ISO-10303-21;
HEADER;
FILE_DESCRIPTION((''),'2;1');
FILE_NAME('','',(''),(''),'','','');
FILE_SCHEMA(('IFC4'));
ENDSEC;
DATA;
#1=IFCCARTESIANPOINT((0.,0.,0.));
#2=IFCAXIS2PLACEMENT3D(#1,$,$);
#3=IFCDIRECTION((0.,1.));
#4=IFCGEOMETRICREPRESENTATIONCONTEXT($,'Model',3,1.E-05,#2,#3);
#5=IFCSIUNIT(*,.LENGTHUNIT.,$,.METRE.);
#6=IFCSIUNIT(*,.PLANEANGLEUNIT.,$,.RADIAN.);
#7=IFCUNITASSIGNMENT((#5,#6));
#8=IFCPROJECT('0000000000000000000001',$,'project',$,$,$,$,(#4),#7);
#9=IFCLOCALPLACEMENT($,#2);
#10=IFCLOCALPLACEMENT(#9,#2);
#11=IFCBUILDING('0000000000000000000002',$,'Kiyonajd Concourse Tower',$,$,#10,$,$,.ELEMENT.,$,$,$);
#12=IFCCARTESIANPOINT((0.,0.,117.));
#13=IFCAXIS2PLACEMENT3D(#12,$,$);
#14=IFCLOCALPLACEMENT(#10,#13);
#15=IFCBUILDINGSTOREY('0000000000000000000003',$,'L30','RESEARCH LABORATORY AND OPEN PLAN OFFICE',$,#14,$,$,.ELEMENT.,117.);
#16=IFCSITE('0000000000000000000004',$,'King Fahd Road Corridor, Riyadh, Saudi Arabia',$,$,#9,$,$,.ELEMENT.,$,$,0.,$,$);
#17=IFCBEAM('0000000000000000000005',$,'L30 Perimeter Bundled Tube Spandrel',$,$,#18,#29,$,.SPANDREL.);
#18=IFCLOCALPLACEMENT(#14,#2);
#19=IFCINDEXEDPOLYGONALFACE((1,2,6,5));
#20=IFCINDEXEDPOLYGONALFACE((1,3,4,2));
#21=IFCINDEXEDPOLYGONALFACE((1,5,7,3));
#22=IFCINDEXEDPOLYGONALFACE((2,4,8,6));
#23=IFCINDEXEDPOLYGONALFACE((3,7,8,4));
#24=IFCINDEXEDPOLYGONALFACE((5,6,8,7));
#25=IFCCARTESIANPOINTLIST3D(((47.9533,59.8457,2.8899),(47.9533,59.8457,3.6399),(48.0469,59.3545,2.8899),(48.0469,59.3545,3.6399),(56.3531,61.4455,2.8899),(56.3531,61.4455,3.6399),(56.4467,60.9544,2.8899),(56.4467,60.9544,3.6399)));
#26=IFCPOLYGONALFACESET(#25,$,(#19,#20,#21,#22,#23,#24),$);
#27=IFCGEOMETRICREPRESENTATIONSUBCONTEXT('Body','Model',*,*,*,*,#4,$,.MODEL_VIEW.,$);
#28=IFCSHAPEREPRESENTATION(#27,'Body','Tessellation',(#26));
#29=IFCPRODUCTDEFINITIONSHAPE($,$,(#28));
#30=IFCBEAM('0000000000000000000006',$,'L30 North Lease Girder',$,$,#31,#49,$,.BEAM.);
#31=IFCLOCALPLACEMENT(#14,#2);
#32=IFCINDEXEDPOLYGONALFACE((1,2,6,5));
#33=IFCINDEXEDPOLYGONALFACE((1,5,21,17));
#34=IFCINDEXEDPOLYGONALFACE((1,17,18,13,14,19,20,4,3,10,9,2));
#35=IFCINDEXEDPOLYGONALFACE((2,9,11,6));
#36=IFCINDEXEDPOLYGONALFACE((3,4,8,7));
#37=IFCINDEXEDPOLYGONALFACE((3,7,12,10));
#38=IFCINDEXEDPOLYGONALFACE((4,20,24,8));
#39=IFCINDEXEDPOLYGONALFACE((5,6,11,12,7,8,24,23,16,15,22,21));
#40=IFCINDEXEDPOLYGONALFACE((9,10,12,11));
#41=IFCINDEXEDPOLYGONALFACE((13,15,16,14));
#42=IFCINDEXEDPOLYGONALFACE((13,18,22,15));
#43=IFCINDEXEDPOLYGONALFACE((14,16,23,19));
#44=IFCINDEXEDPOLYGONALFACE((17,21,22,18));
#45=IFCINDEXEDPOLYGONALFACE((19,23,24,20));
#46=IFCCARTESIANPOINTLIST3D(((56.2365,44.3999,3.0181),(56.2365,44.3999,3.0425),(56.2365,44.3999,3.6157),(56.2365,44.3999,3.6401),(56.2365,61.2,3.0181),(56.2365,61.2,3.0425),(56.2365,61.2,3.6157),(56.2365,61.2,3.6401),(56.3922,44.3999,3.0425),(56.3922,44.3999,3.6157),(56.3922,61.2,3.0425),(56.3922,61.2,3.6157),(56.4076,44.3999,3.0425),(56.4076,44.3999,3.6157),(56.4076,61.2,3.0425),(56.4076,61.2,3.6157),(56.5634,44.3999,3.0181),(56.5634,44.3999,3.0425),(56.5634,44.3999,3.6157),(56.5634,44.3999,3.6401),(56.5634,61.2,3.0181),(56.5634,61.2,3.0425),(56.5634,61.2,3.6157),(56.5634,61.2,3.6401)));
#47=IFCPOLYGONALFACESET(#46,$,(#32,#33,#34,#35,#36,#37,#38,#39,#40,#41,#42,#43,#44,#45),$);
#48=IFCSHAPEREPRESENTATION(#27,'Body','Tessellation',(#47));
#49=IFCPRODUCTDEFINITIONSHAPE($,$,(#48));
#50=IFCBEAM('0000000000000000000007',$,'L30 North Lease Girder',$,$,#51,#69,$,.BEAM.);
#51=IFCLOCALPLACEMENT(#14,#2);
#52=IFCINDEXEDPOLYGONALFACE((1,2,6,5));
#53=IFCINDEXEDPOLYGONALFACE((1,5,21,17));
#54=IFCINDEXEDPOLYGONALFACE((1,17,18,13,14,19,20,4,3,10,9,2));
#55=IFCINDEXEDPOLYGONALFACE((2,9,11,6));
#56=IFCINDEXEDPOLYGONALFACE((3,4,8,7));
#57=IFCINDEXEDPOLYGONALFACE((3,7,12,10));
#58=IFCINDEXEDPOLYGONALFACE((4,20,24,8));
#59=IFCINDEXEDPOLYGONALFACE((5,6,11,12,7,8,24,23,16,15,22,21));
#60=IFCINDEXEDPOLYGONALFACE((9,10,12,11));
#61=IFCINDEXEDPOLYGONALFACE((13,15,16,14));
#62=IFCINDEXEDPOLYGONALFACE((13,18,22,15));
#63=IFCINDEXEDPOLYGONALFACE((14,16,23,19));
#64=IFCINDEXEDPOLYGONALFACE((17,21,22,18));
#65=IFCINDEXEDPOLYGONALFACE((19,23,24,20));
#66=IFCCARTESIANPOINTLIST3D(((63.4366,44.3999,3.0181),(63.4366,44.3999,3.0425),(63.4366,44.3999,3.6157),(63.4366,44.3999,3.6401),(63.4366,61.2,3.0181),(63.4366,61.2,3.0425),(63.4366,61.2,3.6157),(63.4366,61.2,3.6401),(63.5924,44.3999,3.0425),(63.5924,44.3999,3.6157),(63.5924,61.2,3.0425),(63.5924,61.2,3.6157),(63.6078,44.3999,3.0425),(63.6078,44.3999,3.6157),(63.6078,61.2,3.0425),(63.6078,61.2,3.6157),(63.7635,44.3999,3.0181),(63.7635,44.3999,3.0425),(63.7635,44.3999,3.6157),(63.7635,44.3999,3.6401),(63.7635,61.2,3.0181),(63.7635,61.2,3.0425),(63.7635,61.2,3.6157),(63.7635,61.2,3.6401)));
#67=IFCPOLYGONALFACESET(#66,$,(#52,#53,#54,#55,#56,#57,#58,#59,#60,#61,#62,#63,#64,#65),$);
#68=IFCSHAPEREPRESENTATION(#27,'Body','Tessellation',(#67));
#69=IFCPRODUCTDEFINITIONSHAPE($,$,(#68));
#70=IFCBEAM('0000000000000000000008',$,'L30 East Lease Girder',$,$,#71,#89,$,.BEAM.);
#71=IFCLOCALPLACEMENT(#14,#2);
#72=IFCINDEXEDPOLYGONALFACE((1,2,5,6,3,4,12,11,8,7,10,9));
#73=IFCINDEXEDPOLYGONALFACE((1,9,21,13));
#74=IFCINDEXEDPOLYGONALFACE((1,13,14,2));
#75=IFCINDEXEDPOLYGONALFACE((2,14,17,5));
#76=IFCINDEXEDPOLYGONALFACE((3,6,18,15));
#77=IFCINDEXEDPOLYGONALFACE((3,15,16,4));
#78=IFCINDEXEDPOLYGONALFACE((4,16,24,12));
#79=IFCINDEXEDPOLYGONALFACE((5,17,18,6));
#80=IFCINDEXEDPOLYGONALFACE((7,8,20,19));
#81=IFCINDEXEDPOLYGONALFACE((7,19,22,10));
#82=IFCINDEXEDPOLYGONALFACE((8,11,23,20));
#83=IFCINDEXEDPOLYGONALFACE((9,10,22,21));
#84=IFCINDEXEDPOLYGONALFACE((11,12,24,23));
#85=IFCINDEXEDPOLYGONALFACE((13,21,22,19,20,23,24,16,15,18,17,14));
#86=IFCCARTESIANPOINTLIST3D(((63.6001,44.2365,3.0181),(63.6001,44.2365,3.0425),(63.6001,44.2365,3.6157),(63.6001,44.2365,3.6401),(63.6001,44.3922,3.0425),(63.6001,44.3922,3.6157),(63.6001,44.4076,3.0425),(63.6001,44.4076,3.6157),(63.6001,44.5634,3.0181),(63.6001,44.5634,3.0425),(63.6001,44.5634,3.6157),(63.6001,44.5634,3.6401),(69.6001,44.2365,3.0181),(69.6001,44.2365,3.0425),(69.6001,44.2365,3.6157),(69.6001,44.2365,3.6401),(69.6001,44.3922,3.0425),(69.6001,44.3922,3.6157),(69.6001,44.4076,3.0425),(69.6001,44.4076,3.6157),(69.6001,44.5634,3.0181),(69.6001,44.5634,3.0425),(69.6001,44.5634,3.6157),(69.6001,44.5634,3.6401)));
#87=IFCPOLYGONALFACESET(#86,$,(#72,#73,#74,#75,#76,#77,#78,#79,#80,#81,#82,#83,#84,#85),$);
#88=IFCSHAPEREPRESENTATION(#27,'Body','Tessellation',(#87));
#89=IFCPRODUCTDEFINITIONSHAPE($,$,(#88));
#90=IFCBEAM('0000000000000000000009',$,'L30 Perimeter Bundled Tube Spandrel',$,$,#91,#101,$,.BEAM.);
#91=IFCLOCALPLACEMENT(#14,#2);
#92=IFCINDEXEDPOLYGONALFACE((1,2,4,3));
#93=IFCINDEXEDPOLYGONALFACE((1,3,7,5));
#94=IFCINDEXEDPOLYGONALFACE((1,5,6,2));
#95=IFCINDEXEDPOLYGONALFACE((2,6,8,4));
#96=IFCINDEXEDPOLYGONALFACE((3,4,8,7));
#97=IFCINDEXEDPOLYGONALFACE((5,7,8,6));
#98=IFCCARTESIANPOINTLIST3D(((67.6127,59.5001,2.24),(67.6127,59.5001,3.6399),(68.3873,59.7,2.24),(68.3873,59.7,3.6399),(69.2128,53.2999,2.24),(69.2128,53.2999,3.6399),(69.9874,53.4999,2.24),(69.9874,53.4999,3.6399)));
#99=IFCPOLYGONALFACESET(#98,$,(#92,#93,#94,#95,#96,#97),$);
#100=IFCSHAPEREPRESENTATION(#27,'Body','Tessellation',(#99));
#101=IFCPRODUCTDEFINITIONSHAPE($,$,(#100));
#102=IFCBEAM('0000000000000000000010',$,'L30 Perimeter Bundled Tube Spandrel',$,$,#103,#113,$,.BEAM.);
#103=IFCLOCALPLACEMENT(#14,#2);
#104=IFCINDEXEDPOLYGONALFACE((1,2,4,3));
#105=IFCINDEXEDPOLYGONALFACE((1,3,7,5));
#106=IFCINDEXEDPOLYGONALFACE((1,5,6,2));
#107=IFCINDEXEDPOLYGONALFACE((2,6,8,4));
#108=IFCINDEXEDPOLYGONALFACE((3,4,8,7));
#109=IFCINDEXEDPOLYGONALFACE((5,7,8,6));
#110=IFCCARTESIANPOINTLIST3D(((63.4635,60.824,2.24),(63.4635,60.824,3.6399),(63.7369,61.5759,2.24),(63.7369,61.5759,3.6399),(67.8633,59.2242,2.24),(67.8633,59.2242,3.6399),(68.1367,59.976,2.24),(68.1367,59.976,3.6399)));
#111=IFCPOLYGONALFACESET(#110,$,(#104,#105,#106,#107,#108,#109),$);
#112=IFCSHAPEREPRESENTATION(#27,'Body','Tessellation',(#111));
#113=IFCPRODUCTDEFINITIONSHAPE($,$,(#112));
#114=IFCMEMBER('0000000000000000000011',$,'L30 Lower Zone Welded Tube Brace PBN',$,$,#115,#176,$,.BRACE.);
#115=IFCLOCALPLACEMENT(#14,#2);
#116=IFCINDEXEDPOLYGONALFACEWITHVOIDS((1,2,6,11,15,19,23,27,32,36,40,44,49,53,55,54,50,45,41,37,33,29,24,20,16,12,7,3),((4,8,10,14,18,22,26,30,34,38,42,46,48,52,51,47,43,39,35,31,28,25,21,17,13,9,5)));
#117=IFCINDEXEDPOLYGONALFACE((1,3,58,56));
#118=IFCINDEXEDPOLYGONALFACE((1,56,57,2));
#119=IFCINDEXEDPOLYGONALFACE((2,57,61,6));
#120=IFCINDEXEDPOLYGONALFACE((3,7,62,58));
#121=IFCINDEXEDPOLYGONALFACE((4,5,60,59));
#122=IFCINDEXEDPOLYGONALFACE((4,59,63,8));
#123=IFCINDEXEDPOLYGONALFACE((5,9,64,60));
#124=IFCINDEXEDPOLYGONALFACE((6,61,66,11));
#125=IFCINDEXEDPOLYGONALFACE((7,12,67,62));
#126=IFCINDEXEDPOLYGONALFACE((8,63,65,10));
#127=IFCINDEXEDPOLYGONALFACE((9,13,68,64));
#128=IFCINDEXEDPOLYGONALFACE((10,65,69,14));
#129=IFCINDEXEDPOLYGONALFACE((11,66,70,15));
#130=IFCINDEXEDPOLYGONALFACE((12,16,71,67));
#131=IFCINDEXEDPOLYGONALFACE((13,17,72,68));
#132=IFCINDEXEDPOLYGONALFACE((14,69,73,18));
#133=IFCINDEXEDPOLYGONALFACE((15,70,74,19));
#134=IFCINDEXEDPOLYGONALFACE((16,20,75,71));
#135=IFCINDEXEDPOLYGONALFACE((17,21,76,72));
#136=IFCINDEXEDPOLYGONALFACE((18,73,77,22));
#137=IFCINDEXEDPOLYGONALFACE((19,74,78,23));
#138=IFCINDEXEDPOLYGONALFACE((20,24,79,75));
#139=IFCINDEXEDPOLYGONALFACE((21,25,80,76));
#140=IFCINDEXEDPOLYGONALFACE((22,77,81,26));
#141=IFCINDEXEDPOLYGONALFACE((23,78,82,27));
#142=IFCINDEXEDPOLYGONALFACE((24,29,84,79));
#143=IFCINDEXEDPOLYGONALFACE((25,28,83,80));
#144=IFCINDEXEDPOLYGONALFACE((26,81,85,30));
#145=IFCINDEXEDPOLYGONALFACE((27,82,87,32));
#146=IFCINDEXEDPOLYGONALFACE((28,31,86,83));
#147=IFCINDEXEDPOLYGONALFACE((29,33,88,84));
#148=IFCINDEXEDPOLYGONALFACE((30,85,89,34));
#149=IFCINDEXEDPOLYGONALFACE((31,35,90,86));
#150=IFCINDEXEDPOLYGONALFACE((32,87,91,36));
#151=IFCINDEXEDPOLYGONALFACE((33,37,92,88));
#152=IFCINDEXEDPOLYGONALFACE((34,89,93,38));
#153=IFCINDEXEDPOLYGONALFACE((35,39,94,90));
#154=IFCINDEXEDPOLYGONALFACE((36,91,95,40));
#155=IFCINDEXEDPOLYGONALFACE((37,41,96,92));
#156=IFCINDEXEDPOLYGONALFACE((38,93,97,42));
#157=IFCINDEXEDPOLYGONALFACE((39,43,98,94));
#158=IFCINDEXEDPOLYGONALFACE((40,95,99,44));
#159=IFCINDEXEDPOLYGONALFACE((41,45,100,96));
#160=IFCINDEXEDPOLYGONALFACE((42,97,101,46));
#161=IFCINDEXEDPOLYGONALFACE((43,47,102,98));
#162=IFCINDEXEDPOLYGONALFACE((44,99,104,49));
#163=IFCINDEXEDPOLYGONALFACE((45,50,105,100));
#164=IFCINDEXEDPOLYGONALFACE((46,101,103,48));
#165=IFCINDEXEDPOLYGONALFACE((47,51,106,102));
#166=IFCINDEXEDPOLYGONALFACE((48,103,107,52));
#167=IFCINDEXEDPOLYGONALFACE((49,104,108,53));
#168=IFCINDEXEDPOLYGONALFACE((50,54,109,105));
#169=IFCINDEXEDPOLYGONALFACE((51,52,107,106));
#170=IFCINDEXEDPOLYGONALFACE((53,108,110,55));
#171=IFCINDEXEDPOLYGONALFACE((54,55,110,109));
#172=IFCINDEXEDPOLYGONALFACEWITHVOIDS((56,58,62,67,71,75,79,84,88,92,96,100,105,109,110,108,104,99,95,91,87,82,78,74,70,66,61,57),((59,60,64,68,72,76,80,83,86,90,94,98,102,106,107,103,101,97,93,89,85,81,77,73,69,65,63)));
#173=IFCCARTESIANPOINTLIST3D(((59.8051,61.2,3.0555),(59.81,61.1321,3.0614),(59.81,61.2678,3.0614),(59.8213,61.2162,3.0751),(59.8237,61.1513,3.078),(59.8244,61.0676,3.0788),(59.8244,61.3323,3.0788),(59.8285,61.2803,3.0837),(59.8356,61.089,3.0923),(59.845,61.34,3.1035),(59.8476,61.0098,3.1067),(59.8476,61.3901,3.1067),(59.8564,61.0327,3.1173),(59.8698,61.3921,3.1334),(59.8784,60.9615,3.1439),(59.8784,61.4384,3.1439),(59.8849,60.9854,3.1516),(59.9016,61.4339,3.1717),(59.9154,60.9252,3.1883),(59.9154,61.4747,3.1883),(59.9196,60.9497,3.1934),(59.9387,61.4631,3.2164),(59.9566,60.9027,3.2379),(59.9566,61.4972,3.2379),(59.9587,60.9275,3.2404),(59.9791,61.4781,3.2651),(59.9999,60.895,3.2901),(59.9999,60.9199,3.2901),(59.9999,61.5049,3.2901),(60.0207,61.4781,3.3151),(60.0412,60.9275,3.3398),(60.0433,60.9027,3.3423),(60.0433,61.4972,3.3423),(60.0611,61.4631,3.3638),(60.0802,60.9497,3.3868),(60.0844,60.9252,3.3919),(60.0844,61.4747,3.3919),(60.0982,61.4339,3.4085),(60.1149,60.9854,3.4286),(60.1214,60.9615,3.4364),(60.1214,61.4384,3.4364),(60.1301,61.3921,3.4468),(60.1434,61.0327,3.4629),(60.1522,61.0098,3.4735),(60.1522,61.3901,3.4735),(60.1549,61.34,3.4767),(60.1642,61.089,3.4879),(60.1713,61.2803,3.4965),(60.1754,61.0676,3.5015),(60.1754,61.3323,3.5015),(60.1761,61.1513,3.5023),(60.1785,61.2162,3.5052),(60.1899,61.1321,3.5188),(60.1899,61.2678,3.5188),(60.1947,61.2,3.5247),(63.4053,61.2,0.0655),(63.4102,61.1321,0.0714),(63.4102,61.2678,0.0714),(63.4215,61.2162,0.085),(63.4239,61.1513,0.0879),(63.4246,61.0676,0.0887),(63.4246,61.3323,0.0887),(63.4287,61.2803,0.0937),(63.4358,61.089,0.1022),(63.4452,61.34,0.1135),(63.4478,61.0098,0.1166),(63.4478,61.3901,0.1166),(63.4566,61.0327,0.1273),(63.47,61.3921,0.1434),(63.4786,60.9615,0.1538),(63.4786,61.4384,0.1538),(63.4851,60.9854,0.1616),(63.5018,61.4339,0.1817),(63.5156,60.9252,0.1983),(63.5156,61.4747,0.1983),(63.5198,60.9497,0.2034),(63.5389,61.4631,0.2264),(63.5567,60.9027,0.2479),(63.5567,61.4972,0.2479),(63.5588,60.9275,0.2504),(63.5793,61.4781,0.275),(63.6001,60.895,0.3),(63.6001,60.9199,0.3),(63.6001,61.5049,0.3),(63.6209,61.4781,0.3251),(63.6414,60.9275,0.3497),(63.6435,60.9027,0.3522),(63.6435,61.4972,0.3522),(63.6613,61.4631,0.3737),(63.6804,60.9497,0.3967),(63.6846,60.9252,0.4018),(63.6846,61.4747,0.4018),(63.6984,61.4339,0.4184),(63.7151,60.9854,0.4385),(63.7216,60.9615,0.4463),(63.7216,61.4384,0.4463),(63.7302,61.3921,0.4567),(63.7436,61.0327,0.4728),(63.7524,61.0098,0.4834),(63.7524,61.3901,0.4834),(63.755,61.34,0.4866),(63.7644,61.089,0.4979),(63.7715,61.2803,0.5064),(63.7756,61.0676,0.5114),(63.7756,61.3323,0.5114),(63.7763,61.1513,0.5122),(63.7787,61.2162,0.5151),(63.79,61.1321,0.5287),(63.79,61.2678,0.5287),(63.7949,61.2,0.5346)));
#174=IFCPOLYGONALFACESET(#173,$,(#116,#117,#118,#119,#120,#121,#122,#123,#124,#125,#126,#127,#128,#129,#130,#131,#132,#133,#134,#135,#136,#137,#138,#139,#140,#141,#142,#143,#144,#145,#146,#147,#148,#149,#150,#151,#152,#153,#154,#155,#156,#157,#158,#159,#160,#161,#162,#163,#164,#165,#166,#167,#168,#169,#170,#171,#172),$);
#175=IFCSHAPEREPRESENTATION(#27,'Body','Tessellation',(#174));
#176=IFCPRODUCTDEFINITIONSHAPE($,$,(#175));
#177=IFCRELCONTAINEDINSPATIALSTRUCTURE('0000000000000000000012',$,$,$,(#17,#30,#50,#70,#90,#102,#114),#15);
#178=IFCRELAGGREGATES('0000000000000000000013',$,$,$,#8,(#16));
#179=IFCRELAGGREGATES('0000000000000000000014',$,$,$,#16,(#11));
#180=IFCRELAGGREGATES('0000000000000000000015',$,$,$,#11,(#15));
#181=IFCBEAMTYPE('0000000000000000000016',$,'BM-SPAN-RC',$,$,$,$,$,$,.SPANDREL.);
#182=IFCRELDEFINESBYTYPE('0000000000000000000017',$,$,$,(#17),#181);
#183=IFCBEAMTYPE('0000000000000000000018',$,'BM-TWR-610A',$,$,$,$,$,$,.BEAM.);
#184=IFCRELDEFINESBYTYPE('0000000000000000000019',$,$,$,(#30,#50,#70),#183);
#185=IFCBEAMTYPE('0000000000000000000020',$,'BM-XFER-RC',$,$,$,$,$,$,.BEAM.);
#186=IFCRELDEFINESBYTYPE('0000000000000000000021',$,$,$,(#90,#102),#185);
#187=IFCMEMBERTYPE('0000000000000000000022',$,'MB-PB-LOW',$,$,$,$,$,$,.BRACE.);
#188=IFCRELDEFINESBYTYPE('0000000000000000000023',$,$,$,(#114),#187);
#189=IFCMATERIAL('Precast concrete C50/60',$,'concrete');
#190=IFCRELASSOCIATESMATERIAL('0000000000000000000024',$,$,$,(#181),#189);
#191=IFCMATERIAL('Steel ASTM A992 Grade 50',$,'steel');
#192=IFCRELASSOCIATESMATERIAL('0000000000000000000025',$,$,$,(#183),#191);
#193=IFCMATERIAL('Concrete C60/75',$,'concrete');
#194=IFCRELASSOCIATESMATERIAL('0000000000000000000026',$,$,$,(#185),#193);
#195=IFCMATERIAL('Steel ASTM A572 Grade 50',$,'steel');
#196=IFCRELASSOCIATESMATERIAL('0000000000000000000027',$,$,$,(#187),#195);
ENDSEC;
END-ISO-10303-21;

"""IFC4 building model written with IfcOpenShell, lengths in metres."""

from ifc_helpers import new_model, si_unit, direction, frame, origin, origin_2d, place, context, subcontext, project, spatial, rectangle, hollow_circle, i_section, extrude, material, material_profile, profile_set, type_object, element, save


model = new_model("IFC4")

# Units and contexts
model_context = context("Model", 3, precision=1e-05, world=origin(), true_north=direction((0.0, 1.0)))
body_context = subcontext(model_context, "Body", "Model", "MODEL_VIEW")
ifc_project = project(units=[si_unit("LENGTHUNIT", "METRE"), si_unit("PLANEANGLEUNIT", "RADIAN")], contexts=[model_context])

# Site, building, storey
site_placement = place(None, origin())
site = spatial("IfcSite", under=ifc_project, at=site_placement, Name="King Fahd Road Corridor, Riyadh, Saudi Arabia", CompositionType="ELEMENT", RefElevation=0.0)
building_placement = place(site_placement, origin())
building = spatial("IfcBuilding", under=site, at=building_placement, Name="Kiyonajd Concourse Tower", CompositionType="ELEMENT")
storey_placement = place(building_placement, frame((0.0, 0.0, 117.0)))
storey = spatial("IfcBuildingStorey", under=building, at=storey_placement, Name="L30", Description="RESEARCH LABORATORY AND OPEN PLAN OFFICE", CompositionType="ELEMENT", Elevation=117.0)

# Beams
ifc_material_1 = material(Name="Steel ASTM A992 Grade 50", Category="steel")
ifc_material_2 = material(Name="Precast concrete C50/60", Category="concrete")
ifc_material_profile_1 = material_profile(ifc_material_2, rectangle(XDim=0.5, YDim=0.75, at=origin_2d()), Name="RCBM-500x750")
ifc_profile_set_1 = profile_set([ifc_material_profile_1], Name="Precast concrete C50/60")
beam_type_1 = type_object("IfcBeamType", Name="BM-SPAN-RC", PredefinedType="SPANDREL", material=ifc_profile_set_1)
beam_1_placement = place(storey_placement, frame((56.3999, 61.2, 3.2649), z_axis=(-0.982341, -0.187098, 0.0), x_axis=(0.187098, -0.982341, 0.0)))
element("IfcBeam", 1, at=beam_1_placement, inside=storey, type_object=beam_type_1, Name="L30 Perimeter Bundled Tube Spandrel", PredefinedType="SPANDREL", context=body_context, shape_type="SweptSolid", body=[
    extrude(rectangle(XDim=0.5, YDim=0.75, at=origin_2d()), origin(), (0.0, 0.0, 1.0), 8.5508),
])
ifc_material_profile_2 = material_profile(ifc_material_1, i_section(OverallWidth=0.3269, OverallDepth=0.6221, WebThickness=0.0154, FlangeThickness=0.0244, at=origin_2d()), Name="W610X195")
ifc_profile_set_2 = profile_set([ifc_material_profile_2], Name="Steel ASTM A992 Grade 50")
beam_type_2 = type_object("IfcBeamType", Name="BM-TWR-610A", PredefinedType="BEAM", material=ifc_profile_set_2)
for number, where, z_axis, x_axis, name in (
    (2, (56.3999, 44.3999, 3.3291), (0.0, 1.0, 0.0), (-1.0, 0.0, 0.0), "L30 North Lease Girder"),
    (3, (63.6001, 44.3999, 3.3291), (0.0, 1.0, 0.0), (-1.0, 0.0, 0.0), "L30 North Lease Girder"),
):
    element("IfcBeam", number, at=place(storey_placement, frame(where, z_axis=z_axis, x_axis=x_axis)), inside=storey, type_object=beam_type_2, Name=name, PredefinedType="BEAM", context=body_context, shape_type="SweptSolid", body=[
        extrude(i_section(OverallWidth=0.3269, OverallDepth=0.6221, WebThickness=0.0154, FlangeThickness=0.0244, at=origin_2d()), origin(), (0.0, 0.0, 1.0), 16.8),
    ])
beam_2_placement = place(storey_placement, frame((63.6001, 44.3999, 3.3291), z_axis=(1.0, 0.0, 0.0), x_axis=(0.0, 1.0, 0.0)))
element("IfcBeam", 4, at=beam_2_placement, inside=storey, type_object=beam_type_2, Name="L30 East Lease Girder", PredefinedType="BEAM", context=body_context, shape_type="SweptSolid", body=[
    extrude(i_section(OverallWidth=0.3269, OverallDepth=0.6221, WebThickness=0.0154, FlangeThickness=0.0244, at=origin_2d()), origin(), (0.0, 0.0, 1.0), 6.0),
])
ifc_material_3 = material(Name="Concrete C60/75", Category="concrete")
ifc_material_profile_3 = material_profile(ifc_material_3, rectangle(XDim=0.8, YDim=1.3999, at=origin_2d()), Name="RCBM-800x1400")
ifc_profile_set_3 = profile_set([ifc_material_profile_3], Name="Concrete C60/75")
beam_type_3 = type_object("IfcBeamType", Name="BM-XFER-RC", PredefinedType="BEAM", material=ifc_profile_set_3)
beam_3_placement = place(storey_placement, frame((69.6001, 53.3999, 2.9399), z_axis=(-0.249885, 0.968276, 0.0), x_axis=(-0.968276, -0.249885, 0.0)))
element("IfcBeam", 5, at=beam_3_placement, inside=storey, type_object=beam_type_3, Name="L30 Perimeter Bundled Tube Spandrel", PredefinedType="BEAM", context=body_context, shape_type="SweptSolid", body=[
    extrude(rectangle(XDim=0.8, YDim=1.3999, at=origin_2d()), origin(), (0.0, 0.0, 1.0), 6.4033),
])
beam_4_placement = place(storey_placement, frame((68.0, 59.6001, 2.9399), z_axis=(-0.939801, 0.341722, 0.0), x_axis=(-0.341722, -0.939801, 0.0)))
element("IfcBeam", 6, at=beam_4_placement, inside=storey, type_object=beam_type_3, Name="L30 Perimeter Bundled Tube Spandrel", PredefinedType="BEAM", context=body_context, shape_type="SweptSolid", body=[
    extrude(rectangle(XDim=0.8, YDim=1.3999, at=origin_2d()), origin(), (0.0, 0.0, 1.0), 4.6816),
])

# Member
ifc_material_4 = material(Name="Steel ASTM A572 Grade 50", Category="steel")
ifc_material_profile_4 = material_profile(ifc_material_4, hollow_circle(Radius=0.3049, WallThickness=0.0249, at=origin_2d()), Name="CHS-610x25")
ifc_profile_set_4 = profile_set([ifc_material_profile_4], Name="Steel ASTM A572 Grade 50")
member_type = type_object("IfcMemberType", Name="MB-PB-LOW", PredefinedType="BRACE", material=ifc_profile_set_4)
member_1_placement = place(storey_placement, frame((63.6001, 61.2, 0.3), z_axis=(-0.769281, 0.0, 0.638911), x_axis=(0.0, -1.0, 0.0)))
element("IfcMember", 7, at=member_1_placement, inside=storey, type_object=member_type, Name="L30 Lower Zone Welded Tube Brace PBN", PredefinedType="BRACE", context=body_context, shape_type="SweptSolid", body=[
    extrude(hollow_circle(Radius=0.3049, WallThickness=0.0249, at=origin_2d()), origin(), (0.0, 0.0, 1.0), 4.6799),
])

save(model, "model.ifc")
